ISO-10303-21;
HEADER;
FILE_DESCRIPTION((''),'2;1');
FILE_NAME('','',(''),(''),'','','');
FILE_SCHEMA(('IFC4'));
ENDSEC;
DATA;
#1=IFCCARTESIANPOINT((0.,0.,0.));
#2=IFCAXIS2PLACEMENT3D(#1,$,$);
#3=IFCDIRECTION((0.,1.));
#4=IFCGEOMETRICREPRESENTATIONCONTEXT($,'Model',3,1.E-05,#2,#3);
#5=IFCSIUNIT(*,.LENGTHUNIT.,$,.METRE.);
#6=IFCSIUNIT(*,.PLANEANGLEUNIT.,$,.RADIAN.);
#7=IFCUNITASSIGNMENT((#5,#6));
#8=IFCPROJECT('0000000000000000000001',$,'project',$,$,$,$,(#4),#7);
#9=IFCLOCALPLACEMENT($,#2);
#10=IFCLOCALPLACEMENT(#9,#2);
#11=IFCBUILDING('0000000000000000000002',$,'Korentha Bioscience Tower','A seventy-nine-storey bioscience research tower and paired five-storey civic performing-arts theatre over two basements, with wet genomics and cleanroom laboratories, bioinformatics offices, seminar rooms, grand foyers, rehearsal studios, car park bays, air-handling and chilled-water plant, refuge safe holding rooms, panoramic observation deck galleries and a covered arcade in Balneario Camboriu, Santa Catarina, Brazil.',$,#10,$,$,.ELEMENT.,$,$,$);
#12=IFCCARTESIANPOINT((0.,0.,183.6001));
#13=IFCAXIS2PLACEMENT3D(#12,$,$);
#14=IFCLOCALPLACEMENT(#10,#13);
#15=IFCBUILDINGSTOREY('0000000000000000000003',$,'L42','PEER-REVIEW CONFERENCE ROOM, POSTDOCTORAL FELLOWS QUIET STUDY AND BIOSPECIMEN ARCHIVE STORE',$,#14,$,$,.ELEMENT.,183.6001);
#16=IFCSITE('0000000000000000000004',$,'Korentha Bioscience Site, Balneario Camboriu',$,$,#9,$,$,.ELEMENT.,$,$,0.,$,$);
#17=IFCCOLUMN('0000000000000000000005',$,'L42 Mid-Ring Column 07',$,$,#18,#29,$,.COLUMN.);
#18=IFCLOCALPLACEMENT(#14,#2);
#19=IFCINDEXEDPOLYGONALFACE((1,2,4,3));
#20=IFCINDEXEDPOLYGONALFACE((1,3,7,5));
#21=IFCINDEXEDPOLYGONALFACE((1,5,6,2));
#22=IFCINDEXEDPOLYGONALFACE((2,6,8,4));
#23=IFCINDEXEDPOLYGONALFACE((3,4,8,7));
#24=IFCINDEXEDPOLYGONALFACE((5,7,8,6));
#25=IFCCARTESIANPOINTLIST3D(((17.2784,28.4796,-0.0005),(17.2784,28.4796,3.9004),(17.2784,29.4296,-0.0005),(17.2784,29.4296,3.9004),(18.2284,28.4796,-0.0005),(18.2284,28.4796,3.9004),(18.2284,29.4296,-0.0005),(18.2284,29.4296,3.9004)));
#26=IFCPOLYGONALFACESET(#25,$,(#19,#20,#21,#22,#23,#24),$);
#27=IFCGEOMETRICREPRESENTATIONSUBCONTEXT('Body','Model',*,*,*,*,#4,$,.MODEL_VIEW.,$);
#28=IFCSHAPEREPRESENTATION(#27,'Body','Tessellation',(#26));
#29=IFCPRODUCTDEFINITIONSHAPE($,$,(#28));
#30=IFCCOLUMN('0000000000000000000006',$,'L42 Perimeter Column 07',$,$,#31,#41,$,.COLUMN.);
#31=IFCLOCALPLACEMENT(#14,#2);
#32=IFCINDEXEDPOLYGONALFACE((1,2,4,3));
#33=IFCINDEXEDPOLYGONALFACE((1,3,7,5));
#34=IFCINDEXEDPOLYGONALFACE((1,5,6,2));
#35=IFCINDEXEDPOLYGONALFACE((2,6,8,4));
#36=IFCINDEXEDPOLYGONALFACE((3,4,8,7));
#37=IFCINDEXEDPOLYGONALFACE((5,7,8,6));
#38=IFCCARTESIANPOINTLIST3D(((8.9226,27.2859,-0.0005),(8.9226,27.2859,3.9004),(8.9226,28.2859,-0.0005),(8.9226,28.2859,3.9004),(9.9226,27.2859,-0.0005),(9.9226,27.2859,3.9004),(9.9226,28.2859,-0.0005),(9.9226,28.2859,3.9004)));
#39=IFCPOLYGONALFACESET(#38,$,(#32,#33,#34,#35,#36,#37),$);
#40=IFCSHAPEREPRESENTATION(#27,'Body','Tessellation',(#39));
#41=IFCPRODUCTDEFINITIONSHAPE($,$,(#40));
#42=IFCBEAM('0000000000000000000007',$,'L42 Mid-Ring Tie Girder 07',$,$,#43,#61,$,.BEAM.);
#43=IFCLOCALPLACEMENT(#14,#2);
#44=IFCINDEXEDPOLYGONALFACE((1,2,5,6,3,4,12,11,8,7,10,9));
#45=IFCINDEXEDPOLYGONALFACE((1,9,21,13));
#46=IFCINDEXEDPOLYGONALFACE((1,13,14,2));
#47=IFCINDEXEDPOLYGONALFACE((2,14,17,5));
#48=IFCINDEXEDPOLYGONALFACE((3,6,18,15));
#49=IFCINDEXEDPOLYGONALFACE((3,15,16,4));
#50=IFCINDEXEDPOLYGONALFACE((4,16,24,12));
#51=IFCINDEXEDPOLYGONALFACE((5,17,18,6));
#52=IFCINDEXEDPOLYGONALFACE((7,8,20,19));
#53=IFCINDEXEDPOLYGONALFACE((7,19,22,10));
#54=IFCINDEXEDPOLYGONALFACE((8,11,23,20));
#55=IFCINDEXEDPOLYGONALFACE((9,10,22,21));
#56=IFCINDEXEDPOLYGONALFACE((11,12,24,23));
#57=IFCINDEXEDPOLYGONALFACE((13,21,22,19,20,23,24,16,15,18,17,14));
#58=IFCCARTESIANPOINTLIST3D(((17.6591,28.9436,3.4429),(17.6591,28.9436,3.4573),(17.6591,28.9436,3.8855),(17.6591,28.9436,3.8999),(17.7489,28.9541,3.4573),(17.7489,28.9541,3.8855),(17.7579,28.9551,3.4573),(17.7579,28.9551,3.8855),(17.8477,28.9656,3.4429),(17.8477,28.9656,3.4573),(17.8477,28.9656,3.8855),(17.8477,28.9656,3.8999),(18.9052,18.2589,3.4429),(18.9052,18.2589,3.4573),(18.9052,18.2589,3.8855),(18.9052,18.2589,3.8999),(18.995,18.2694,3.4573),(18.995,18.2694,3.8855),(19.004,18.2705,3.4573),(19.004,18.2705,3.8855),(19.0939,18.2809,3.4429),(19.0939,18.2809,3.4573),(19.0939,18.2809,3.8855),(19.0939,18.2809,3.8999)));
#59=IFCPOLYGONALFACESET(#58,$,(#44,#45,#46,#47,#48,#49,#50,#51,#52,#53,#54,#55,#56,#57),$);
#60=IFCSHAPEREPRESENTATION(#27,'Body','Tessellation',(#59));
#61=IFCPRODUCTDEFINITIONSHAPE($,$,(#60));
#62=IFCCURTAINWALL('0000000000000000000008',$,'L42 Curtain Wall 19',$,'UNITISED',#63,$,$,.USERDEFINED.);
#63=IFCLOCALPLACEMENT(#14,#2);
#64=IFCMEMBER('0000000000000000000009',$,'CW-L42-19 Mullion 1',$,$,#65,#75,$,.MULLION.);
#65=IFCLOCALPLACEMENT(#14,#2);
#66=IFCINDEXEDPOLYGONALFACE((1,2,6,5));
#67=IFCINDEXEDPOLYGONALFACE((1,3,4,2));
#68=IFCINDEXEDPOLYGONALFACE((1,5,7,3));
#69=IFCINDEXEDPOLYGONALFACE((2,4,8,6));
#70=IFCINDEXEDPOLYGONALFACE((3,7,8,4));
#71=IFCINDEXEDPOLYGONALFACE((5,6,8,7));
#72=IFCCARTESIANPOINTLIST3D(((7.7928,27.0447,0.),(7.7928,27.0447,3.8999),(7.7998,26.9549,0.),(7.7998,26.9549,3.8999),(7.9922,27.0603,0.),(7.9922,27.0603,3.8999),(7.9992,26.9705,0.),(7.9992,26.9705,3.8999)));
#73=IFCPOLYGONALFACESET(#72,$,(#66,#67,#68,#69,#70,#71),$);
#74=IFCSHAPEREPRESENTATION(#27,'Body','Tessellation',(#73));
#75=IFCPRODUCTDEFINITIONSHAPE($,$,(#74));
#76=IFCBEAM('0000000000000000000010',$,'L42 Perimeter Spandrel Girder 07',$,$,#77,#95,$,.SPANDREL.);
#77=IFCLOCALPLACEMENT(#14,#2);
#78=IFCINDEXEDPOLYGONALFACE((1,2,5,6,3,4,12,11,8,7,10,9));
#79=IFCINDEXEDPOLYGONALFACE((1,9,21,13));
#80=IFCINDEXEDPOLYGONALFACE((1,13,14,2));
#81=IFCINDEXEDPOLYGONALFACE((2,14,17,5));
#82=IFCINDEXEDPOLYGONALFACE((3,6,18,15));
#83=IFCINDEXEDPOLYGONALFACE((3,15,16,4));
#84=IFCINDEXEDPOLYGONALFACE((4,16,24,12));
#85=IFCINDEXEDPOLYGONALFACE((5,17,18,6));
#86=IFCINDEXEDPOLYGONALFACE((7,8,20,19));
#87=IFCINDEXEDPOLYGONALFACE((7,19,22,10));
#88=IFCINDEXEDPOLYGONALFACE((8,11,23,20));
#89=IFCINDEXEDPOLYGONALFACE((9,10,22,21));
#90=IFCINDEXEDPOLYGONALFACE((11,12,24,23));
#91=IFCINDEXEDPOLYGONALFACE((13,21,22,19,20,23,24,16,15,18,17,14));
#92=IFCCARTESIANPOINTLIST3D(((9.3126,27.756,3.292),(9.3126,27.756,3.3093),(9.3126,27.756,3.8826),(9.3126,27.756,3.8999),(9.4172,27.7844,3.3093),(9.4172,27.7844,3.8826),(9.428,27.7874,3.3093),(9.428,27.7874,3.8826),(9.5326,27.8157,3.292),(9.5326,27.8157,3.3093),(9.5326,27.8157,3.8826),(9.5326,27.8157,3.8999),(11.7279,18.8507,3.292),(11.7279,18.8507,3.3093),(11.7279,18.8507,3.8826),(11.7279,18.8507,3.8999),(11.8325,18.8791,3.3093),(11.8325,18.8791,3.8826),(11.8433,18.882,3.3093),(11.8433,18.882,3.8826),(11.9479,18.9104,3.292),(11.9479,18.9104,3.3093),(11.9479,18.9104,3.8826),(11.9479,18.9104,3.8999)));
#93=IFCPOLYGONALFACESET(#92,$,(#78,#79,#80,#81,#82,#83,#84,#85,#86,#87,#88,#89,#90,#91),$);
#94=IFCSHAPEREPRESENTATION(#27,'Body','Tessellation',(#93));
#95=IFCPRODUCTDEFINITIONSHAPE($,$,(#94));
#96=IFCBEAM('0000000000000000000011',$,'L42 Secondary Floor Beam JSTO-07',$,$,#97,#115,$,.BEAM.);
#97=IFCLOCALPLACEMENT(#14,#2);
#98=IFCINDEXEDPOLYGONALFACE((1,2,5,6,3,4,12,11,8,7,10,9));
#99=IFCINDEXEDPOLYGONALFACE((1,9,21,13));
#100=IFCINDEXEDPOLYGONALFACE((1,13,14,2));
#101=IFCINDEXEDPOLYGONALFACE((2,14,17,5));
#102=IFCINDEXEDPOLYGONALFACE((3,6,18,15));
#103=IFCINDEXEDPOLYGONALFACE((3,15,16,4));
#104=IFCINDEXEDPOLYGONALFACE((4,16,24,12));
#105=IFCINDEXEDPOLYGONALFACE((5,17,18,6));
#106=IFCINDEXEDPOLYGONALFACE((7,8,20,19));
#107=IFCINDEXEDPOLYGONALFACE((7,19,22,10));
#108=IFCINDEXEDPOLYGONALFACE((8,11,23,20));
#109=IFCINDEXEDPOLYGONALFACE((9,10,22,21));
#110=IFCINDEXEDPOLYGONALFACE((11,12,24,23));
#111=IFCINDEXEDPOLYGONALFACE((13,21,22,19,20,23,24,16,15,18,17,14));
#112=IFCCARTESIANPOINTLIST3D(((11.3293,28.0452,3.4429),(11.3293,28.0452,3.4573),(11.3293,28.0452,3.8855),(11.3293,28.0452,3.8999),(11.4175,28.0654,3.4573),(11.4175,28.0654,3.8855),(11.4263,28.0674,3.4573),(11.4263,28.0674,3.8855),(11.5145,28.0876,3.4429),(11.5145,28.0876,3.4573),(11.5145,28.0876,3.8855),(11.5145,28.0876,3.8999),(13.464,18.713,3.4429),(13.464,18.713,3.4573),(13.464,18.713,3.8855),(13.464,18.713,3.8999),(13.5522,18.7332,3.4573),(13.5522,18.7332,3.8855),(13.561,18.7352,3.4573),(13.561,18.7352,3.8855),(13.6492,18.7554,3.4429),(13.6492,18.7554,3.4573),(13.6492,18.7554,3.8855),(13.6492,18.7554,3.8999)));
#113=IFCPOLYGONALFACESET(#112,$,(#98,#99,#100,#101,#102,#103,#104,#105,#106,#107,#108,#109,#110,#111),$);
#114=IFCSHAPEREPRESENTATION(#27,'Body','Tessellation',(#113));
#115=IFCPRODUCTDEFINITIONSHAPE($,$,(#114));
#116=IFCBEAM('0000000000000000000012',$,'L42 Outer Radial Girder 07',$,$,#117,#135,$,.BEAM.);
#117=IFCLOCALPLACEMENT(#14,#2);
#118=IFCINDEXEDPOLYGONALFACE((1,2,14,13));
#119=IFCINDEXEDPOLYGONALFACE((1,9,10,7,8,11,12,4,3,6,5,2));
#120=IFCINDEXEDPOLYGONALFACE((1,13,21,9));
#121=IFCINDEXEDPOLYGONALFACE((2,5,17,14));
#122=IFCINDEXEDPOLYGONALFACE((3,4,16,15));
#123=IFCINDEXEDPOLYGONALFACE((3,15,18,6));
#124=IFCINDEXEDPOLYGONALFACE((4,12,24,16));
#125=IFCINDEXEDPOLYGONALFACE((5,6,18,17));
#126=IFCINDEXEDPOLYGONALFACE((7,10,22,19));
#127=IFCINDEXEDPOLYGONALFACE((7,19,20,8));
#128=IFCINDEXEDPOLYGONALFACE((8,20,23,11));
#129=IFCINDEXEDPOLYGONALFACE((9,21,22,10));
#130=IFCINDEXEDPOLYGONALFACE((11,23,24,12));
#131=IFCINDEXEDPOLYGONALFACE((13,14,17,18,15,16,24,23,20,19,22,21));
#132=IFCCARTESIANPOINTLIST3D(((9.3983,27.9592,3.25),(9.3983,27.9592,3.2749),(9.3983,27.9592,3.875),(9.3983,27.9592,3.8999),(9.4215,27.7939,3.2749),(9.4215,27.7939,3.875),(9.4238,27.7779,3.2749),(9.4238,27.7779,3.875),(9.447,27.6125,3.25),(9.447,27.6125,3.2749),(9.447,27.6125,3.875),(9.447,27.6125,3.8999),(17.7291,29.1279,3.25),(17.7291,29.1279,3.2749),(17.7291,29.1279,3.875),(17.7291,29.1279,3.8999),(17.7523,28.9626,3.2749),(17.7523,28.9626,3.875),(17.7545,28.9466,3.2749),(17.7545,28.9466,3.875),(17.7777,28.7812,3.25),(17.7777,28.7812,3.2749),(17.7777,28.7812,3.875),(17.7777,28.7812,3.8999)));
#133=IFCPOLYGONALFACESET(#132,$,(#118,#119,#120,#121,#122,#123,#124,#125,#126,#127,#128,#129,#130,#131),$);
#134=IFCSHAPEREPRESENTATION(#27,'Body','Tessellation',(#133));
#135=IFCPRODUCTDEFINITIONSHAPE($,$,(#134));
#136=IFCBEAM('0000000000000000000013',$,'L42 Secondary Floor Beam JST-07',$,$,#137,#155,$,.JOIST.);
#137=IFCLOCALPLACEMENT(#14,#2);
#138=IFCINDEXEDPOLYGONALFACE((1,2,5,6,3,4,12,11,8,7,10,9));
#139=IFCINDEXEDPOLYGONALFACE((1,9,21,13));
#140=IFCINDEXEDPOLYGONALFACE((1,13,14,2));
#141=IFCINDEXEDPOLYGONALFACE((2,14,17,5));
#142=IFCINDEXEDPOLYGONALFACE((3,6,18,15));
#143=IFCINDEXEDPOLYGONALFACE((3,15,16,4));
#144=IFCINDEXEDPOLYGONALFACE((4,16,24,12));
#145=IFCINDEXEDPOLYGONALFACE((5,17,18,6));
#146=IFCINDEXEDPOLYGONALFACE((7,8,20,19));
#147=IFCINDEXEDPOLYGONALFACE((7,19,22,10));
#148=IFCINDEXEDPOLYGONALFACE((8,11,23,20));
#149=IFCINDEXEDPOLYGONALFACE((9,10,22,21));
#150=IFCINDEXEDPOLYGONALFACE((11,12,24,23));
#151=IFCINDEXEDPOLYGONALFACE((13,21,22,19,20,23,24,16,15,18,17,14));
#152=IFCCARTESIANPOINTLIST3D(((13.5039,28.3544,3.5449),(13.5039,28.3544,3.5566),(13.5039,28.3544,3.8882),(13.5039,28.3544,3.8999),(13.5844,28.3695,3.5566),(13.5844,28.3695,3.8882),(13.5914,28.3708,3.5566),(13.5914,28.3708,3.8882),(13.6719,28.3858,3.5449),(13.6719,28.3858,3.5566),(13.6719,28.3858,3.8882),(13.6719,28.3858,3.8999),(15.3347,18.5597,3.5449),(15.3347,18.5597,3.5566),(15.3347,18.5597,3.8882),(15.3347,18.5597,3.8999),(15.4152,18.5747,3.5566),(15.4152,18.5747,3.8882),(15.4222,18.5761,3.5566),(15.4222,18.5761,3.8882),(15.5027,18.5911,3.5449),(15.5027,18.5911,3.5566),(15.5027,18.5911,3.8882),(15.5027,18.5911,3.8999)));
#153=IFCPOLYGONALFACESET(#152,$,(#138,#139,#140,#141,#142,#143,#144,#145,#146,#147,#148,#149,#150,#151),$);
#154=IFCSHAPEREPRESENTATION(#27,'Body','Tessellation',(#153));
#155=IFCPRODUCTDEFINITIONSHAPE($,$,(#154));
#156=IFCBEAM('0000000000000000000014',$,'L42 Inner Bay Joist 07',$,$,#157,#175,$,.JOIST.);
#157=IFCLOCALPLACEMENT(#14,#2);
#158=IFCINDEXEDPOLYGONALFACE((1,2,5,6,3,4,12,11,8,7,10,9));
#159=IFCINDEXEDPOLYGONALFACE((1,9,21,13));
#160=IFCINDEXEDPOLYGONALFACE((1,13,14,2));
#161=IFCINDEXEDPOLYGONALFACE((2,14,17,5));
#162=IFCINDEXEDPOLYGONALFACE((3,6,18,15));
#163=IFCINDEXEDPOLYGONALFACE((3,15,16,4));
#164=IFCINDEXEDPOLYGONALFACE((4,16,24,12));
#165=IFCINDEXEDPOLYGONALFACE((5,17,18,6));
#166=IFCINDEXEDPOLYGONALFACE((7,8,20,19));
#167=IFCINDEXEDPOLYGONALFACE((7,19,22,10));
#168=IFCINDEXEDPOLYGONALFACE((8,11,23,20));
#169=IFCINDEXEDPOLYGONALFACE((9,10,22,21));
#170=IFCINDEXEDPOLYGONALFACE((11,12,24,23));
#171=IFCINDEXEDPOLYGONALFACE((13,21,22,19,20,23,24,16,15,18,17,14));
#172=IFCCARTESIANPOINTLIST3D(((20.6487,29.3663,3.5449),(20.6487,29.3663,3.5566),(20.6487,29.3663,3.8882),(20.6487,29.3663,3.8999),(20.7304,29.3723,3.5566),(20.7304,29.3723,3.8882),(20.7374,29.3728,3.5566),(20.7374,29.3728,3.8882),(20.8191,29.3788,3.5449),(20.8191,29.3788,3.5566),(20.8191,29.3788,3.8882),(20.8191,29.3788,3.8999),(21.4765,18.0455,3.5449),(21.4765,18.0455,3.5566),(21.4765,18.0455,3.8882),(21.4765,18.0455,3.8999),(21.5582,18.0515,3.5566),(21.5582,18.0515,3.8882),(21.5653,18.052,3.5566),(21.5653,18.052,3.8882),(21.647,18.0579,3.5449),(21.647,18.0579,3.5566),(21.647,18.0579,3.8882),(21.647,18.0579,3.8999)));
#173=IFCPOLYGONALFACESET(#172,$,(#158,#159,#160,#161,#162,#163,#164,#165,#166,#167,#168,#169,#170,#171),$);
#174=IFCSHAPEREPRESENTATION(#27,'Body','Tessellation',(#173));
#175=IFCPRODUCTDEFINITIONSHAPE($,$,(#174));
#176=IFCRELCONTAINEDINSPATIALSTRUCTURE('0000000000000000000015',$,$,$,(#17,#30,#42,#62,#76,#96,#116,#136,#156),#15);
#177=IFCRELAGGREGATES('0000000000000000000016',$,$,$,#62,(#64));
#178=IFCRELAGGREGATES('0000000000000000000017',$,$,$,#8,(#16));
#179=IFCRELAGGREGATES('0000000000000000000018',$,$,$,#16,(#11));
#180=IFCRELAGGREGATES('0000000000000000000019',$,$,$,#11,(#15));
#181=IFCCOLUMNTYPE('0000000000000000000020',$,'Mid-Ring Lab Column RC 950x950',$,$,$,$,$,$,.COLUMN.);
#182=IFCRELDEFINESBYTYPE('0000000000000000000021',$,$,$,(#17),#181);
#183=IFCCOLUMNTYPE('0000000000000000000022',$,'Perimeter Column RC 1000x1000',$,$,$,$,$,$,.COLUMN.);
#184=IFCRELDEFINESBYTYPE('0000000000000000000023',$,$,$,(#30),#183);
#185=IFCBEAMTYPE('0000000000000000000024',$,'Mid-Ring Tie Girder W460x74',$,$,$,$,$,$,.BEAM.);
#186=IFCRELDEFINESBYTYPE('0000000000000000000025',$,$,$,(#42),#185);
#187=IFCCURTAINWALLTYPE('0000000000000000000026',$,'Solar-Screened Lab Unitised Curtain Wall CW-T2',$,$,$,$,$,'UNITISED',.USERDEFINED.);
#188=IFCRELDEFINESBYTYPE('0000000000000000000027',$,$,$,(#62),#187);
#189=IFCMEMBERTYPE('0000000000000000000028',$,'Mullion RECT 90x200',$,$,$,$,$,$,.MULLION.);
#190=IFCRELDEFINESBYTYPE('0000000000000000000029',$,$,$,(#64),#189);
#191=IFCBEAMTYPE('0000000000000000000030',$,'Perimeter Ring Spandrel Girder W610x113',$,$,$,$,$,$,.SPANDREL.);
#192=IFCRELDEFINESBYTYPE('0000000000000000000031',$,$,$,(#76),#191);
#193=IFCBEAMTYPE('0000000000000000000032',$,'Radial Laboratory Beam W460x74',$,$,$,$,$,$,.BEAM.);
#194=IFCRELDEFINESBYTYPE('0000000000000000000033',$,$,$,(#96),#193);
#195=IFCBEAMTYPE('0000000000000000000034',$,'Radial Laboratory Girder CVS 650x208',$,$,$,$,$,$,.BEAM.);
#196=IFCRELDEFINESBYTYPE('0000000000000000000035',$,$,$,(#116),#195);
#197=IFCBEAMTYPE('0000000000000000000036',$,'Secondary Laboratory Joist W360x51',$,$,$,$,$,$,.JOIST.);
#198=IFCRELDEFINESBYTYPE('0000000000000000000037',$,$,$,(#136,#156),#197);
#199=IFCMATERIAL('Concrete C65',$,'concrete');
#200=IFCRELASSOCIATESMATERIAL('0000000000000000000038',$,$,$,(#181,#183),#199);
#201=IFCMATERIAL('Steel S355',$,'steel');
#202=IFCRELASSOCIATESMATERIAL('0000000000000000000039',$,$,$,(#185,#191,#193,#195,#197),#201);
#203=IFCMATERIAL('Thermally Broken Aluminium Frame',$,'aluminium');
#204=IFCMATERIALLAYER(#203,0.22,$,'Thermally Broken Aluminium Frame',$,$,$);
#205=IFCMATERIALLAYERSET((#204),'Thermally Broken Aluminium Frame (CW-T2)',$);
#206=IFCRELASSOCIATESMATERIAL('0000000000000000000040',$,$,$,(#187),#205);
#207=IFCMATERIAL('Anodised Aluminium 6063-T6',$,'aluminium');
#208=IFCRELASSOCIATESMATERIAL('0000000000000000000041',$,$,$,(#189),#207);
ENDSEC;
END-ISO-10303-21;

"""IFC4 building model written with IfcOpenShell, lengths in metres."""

from ifc_helpers import new_model, si_unit, direction, frame, origin, origin_2d, place, context, subcontext, project, spatial, rectangle, i_section, extrude, material, layer, layer_set, material_profile, profile_set, type_object, element, aggregate, save


model = new_model("IFC4")

# Units and contexts
model_context = context("Model", 3, precision=1e-05, world=origin(), true_north=direction((0.0, 1.0)))
body_context = subcontext(model_context, "Body", "Model", "MODEL_VIEW")
ifc_project = project(units=[si_unit("LENGTHUNIT", "METRE"), si_unit("PLANEANGLEUNIT", "RADIAN")], contexts=[model_context])

# Site, building, storey
site_placement = place(None, origin())
site = spatial("IfcSite", under=ifc_project, at=site_placement, Name="Korentha Bioscience Site, Balneario Camboriu", CompositionType="ELEMENT", RefElevation=0.0)
building_placement = place(site_placement, origin())
building = spatial("IfcBuilding", under=site, at=building_placement, Name="Korentha Bioscience Tower", Description="A seventy-nine-storey bioscience research tower and paired five-storey civic performing-arts theatre over two basements, with wet genomics and cleanroom laboratories, bioinformatics offices, seminar rooms, grand foyers, rehearsal studios, car park bays, air-handling and chilled-water plant, refuge safe holding rooms, panoramic observation deck galleries and a covered arcade in Balneario Camboriu, Santa Catarina, Brazil.", CompositionType="ELEMENT")
storey_placement = place(building_placement, frame((0.0, 0.0, 183.6001)))
storey = spatial("IfcBuildingStorey", under=building, at=storey_placement, Name="L42", Description="PEER-REVIEW CONFERENCE ROOM, POSTDOCTORAL FELLOWS QUIET STUDY AND BIOSPECIMEN ARCHIVE STORE", CompositionType="ELEMENT", Elevation=183.6001)

# Columns
ifc_material_1 = material(Name="Concrete C65", Category="concrete")
ifc_material_profile_1 = material_profile(ifc_material_1, rectangle(XDim=0.95, YDim=0.95, at=origin_2d()), Name="Concrete C65")
ifc_profile_set_1 = profile_set([ifc_material_profile_1], Name="Concrete C65 (COL-MR09)")
column_type_1 = type_object("IfcColumnType", Name="Mid-Ring Lab Column RC 950x950", PredefinedType="COLUMN", material=ifc_profile_set_1)
column_1_placement = place(storey_placement, frame((17.7534, 28.9546, -0.0005), z_axis=(0.0, 0.0, 1.0), x_axis=(1.0, 0.0, 0.0)))
element("IfcColumn", 1, at=column_1_placement, inside=storey, type_object=column_type_1, Name="L42 Mid-Ring Column 07", PredefinedType="COLUMN", context=body_context, shape_type="SweptSolid", body=[
    extrude(rectangle(XDim=0.95, YDim=0.95, at=origin_2d()), origin(), (0.0, 0.0, 1.0), 3.9009),
])
ifc_material_profile_2 = material_profile(ifc_material_1, rectangle(XDim=1.0, YDim=1.0, at=origin_2d()), Name="Concrete C65")
ifc_profile_set_2 = profile_set([ifc_material_profile_2], Name="Concrete C65 (COL-P10)")
column_type_2 = type_object("IfcColumnType", Name="Perimeter Column RC 1000x1000", PredefinedType="COLUMN", material=ifc_profile_set_2)
column_2_placement = place(storey_placement, frame((9.4226, 27.7859, -0.0005), z_axis=(0.0, 0.0, 1.0), x_axis=(0.0, 1.0, 0.0)))
element("IfcColumn", 2, at=column_2_placement, inside=storey, type_object=column_type_2, Name="L42 Perimeter Column 07", PredefinedType="COLUMN", context=body_context, shape_type="SweptSolid", body=[
    extrude(rectangle(XDim=1.0, YDim=1.0, at=origin_2d()), origin(), (0.0, 0.0, 1.0), 3.9009),
])

# Beam
ifc_material_2 = material(Name="Steel S355", Category="steel")
ifc_material_profile_3 = material_profile(ifc_material_2, i_section(OverallWidth=0.1899, OverallDepth=0.457, WebThickness=0.009, FlangeThickness=0.0144, at=origin_2d()), Name="Steel S355")
ifc_profile_set_3 = profile_set([ifc_material_profile_3], Name="Steel S355 (MB-460)")
beam_type_1 = type_object("IfcBeamType", Name="Mid-Ring Tie Girder W460x74", PredefinedType="BEAM", material=ifc_profile_set_3)
beam_1_placement = place(storey_placement, frame((17.7534, 28.9546, 3.6714), z_axis=(0.11584, -0.993268, 0.0), x_axis=(0.993268, 0.11584, 0.0)))
element("IfcBeam", 3, at=beam_1_placement, inside=storey, type_object=beam_type_1, Name="L42 Mid-Ring Tie Girder 07", PredefinedType="BEAM", context=body_context, shape_type="SweptSolid", body=[
    extrude(i_section(OverallWidth=0.1899, OverallDepth=0.457, WebThickness=0.009, FlangeThickness=0.0144, at=origin_2d()), origin(), (0.0, 0.0, 1.0), 10.7571),
])

# Curtain wall, member
ifc_material_3 = material(Name="Thermally Broken Aluminium Frame", Category="aluminium")
ifc_layer_1 = layer(ifc_material_3, 0.22, Name="Thermally Broken Aluminium Frame")
ifc_layer_set_1 = layer_set([ifc_layer_1], Name="Thermally Broken Aluminium Frame (CW-T2)")
curtain_wall_type = type_object("IfcCurtainWallType", Name="Solar-Screened Lab Unitised Curtain Wall CW-T2", ElementType="UNITISED", PredefinedType="USERDEFINED", material=ifc_layer_set_1)
curtain_wall_placement = place(storey_placement, origin())
curtain_wall = element("IfcCurtainWall", 4, at=curtain_wall_placement, inside=storey, type_object=curtain_wall_type, Name="L42 Curtain Wall 19", ObjectType="UNITISED", PredefinedType="USERDEFINED")
ifc_material_4 = material(Name="Anodised Aluminium 6063-T6", Category="aluminium")
ifc_material_profile_4 = material_profile(ifc_material_4, rectangle(XDim=0.0901, YDim=0.2, at=origin_2d()), Name="Anodised Aluminium 6063-T6")
ifc_profile_set_4 = profile_set([ifc_material_profile_4], Name="Anodised Aluminium 6063-T6 (CW-MUL)")
member_type_1 = type_object("IfcMemberType", Name="Mullion RECT 90x200", PredefinedType="MULLION", material=ifc_profile_set_4)
member_1_placement = place(storey_placement, frame((7.896, 27.0076, 0.0), z_axis=(0.0, 0.0, 1.0), x_axis=(0.078031, -0.996951, 0.0)))
member_1 = element("IfcMember", 5, at=member_1_placement, type_object=member_type_1, Name="CW-L42-19 Mullion 1", PredefinedType="MULLION", context=body_context, shape_type="SweptSolid", body=[
    extrude(rectangle(XDim=0.0901, YDim=0.2, at=origin_2d()), origin(), (0.0, 0.0, 1.0), 3.8999),
])

# Beams
ifc_material_profile_5 = material_profile(ifc_material_2, i_section(OverallWidth=0.228, OverallDepth=0.6079, WebThickness=0.0112, FlangeThickness=0.0173, at=origin_2d()), Name="Steel S355")
ifc_profile_set_5 = profile_set([ifc_material_profile_5], Name="Steel S355 (SB-610)")
beam_type_2 = type_object("IfcBeamType", Name="Perimeter Ring Spandrel Girder W610x113", PredefinedType="SPANDREL", material=ifc_profile_set_5)
beam_2_placement = place(storey_placement, frame((9.4226, 27.7859, 3.5959), z_axis=(0.261763, -0.965132, 0.0), x_axis=(0.965132, 0.261763, 0.0)))
element("IfcBeam", 6, at=beam_2_placement, inside=storey, type_object=beam_type_2, Name="L42 Perimeter Spandrel Girder 07", PredefinedType="SPANDREL", context=body_context, shape_type="SweptSolid", body=[
    extrude(i_section(OverallWidth=0.228, OverallDepth=0.6079, WebThickness=0.0112, FlangeThickness=0.0173, at=origin_2d()), origin(), (0.0, 0.0, 1.0), 9.2271),
])
ifc_material_profile_6 = material_profile(ifc_material_2, i_section(OverallWidth=0.1899, OverallDepth=0.457, WebThickness=0.009, FlangeThickness=0.0144, at=origin_2d()), Name="Steel S355")
ifc_profile_set_6 = profile_set([ifc_material_profile_6], Name="Steel S355 (RB-460)")
beam_type_3 = type_object("IfcBeamType", Name="Radial Laboratory Beam W460x74", PredefinedType="BEAM", material=ifc_profile_set_6)
beam_3_placement = place(storey_placement, frame((11.4219, 28.0664, 3.6714), z_axis=(0.222991, -0.974821, 0.0), x_axis=(0.974821, 0.222991, 0.0)))
element("IfcBeam", 7, at=beam_3_placement, inside=storey, type_object=beam_type_3, Name="L42 Secondary Floor Beam JSTO-07", PredefinedType="BEAM", context=body_context, shape_type="SweptSolid", body=[
    extrude(i_section(OverallWidth=0.1899, OverallDepth=0.457, WebThickness=0.009, FlangeThickness=0.0144, at=origin_2d()), origin(), (0.0, 0.0, 1.0), 9.5732),
])
ifc_material_profile_7 = material_profile(ifc_material_2, i_section(OverallWidth=0.3501, OverallDepth=0.6499, WebThickness=0.0161, FlangeThickness=0.0249, at=origin_2d()), Name="Steel S355")
ifc_profile_set_7 = profile_set([ifc_material_profile_7], Name="Steel S355 (RB-650)")
beam_type_4 = type_object("IfcBeamType", Name="Radial Laboratory Girder CVS 650x208", PredefinedType="BEAM", material=ifc_profile_set_7)
beam_4_placement = place(storey_placement, frame((17.7534, 28.9546, 3.575), z_axis=(-0.990303, -0.138926, 0.0), x_axis=(0.138926, -0.990303, 0.0)))
element("IfcBeam", 8, at=beam_4_placement, inside=storey, type_object=beam_type_4, Name="L42 Outer Radial Girder 07", PredefinedType="BEAM", context=body_context, shape_type="SweptSolid", body=[
    extrude(i_section(OverallWidth=0.3501, OverallDepth=0.6499, WebThickness=0.0161, FlangeThickness=0.0249, at=origin_2d()), origin(), (0.0, 0.0, 1.0), 8.4124),
])
ifc_material_profile_8 = material_profile(ifc_material_2, i_section(OverallWidth=0.1709, OverallDepth=0.355, WebThickness=0.0071, FlangeThickness=0.0117, at=origin_2d()), Name="Steel S355")
ifc_profile_set_8 = profile_set([ifc_material_profile_8], Name="Steel S355 (JB-360)")
beam_type_5 = type_object("IfcBeamType", Name="Secondary Laboratory Joist W360x51", PredefinedType="JOIST", material=ifc_profile_set_8)
beam_5_placement = place(storey_placement, frame((13.5879, 28.3701, 3.7224), z_axis=(0.183737, -0.982975, 0.0), x_axis=(0.982975, 0.183737, 0.0)))
element("IfcBeam", 9, at=beam_5_placement, inside=storey, type_object=beam_type_5, Name="L42 Secondary Floor Beam JST-07", PredefinedType="JOIST", context=body_context, shape_type="SweptSolid", body=[
    extrude(i_section(OverallWidth=0.1709, OverallDepth=0.355, WebThickness=0.0071, FlangeThickness=0.0117, at=origin_2d()), origin(), (0.0, 0.0, 1.0), 9.9644),
])
beam_6_placement = place(storey_placement, frame((20.7339, 29.3726, 3.7224), z_axis=(0.072934, -0.997337, 0.0), x_axis=(0.997337, 0.072934, 0.0)))
element("IfcBeam", 10, at=beam_6_placement, inside=storey, type_object=beam_type_5, Name="L42 Inner Bay Joist 07", PredefinedType="JOIST", context=body_context, shape_type="SweptSolid", body=[
    extrude(i_section(OverallWidth=0.1709, OverallDepth=0.355, WebThickness=0.0071, FlangeThickness=0.0117, at=origin_2d()), origin(), (0.0, 0.0, 1.0), 11.3511),
])

aggregate(curtain_wall, [member_1])

save(model, "model.ifc")
